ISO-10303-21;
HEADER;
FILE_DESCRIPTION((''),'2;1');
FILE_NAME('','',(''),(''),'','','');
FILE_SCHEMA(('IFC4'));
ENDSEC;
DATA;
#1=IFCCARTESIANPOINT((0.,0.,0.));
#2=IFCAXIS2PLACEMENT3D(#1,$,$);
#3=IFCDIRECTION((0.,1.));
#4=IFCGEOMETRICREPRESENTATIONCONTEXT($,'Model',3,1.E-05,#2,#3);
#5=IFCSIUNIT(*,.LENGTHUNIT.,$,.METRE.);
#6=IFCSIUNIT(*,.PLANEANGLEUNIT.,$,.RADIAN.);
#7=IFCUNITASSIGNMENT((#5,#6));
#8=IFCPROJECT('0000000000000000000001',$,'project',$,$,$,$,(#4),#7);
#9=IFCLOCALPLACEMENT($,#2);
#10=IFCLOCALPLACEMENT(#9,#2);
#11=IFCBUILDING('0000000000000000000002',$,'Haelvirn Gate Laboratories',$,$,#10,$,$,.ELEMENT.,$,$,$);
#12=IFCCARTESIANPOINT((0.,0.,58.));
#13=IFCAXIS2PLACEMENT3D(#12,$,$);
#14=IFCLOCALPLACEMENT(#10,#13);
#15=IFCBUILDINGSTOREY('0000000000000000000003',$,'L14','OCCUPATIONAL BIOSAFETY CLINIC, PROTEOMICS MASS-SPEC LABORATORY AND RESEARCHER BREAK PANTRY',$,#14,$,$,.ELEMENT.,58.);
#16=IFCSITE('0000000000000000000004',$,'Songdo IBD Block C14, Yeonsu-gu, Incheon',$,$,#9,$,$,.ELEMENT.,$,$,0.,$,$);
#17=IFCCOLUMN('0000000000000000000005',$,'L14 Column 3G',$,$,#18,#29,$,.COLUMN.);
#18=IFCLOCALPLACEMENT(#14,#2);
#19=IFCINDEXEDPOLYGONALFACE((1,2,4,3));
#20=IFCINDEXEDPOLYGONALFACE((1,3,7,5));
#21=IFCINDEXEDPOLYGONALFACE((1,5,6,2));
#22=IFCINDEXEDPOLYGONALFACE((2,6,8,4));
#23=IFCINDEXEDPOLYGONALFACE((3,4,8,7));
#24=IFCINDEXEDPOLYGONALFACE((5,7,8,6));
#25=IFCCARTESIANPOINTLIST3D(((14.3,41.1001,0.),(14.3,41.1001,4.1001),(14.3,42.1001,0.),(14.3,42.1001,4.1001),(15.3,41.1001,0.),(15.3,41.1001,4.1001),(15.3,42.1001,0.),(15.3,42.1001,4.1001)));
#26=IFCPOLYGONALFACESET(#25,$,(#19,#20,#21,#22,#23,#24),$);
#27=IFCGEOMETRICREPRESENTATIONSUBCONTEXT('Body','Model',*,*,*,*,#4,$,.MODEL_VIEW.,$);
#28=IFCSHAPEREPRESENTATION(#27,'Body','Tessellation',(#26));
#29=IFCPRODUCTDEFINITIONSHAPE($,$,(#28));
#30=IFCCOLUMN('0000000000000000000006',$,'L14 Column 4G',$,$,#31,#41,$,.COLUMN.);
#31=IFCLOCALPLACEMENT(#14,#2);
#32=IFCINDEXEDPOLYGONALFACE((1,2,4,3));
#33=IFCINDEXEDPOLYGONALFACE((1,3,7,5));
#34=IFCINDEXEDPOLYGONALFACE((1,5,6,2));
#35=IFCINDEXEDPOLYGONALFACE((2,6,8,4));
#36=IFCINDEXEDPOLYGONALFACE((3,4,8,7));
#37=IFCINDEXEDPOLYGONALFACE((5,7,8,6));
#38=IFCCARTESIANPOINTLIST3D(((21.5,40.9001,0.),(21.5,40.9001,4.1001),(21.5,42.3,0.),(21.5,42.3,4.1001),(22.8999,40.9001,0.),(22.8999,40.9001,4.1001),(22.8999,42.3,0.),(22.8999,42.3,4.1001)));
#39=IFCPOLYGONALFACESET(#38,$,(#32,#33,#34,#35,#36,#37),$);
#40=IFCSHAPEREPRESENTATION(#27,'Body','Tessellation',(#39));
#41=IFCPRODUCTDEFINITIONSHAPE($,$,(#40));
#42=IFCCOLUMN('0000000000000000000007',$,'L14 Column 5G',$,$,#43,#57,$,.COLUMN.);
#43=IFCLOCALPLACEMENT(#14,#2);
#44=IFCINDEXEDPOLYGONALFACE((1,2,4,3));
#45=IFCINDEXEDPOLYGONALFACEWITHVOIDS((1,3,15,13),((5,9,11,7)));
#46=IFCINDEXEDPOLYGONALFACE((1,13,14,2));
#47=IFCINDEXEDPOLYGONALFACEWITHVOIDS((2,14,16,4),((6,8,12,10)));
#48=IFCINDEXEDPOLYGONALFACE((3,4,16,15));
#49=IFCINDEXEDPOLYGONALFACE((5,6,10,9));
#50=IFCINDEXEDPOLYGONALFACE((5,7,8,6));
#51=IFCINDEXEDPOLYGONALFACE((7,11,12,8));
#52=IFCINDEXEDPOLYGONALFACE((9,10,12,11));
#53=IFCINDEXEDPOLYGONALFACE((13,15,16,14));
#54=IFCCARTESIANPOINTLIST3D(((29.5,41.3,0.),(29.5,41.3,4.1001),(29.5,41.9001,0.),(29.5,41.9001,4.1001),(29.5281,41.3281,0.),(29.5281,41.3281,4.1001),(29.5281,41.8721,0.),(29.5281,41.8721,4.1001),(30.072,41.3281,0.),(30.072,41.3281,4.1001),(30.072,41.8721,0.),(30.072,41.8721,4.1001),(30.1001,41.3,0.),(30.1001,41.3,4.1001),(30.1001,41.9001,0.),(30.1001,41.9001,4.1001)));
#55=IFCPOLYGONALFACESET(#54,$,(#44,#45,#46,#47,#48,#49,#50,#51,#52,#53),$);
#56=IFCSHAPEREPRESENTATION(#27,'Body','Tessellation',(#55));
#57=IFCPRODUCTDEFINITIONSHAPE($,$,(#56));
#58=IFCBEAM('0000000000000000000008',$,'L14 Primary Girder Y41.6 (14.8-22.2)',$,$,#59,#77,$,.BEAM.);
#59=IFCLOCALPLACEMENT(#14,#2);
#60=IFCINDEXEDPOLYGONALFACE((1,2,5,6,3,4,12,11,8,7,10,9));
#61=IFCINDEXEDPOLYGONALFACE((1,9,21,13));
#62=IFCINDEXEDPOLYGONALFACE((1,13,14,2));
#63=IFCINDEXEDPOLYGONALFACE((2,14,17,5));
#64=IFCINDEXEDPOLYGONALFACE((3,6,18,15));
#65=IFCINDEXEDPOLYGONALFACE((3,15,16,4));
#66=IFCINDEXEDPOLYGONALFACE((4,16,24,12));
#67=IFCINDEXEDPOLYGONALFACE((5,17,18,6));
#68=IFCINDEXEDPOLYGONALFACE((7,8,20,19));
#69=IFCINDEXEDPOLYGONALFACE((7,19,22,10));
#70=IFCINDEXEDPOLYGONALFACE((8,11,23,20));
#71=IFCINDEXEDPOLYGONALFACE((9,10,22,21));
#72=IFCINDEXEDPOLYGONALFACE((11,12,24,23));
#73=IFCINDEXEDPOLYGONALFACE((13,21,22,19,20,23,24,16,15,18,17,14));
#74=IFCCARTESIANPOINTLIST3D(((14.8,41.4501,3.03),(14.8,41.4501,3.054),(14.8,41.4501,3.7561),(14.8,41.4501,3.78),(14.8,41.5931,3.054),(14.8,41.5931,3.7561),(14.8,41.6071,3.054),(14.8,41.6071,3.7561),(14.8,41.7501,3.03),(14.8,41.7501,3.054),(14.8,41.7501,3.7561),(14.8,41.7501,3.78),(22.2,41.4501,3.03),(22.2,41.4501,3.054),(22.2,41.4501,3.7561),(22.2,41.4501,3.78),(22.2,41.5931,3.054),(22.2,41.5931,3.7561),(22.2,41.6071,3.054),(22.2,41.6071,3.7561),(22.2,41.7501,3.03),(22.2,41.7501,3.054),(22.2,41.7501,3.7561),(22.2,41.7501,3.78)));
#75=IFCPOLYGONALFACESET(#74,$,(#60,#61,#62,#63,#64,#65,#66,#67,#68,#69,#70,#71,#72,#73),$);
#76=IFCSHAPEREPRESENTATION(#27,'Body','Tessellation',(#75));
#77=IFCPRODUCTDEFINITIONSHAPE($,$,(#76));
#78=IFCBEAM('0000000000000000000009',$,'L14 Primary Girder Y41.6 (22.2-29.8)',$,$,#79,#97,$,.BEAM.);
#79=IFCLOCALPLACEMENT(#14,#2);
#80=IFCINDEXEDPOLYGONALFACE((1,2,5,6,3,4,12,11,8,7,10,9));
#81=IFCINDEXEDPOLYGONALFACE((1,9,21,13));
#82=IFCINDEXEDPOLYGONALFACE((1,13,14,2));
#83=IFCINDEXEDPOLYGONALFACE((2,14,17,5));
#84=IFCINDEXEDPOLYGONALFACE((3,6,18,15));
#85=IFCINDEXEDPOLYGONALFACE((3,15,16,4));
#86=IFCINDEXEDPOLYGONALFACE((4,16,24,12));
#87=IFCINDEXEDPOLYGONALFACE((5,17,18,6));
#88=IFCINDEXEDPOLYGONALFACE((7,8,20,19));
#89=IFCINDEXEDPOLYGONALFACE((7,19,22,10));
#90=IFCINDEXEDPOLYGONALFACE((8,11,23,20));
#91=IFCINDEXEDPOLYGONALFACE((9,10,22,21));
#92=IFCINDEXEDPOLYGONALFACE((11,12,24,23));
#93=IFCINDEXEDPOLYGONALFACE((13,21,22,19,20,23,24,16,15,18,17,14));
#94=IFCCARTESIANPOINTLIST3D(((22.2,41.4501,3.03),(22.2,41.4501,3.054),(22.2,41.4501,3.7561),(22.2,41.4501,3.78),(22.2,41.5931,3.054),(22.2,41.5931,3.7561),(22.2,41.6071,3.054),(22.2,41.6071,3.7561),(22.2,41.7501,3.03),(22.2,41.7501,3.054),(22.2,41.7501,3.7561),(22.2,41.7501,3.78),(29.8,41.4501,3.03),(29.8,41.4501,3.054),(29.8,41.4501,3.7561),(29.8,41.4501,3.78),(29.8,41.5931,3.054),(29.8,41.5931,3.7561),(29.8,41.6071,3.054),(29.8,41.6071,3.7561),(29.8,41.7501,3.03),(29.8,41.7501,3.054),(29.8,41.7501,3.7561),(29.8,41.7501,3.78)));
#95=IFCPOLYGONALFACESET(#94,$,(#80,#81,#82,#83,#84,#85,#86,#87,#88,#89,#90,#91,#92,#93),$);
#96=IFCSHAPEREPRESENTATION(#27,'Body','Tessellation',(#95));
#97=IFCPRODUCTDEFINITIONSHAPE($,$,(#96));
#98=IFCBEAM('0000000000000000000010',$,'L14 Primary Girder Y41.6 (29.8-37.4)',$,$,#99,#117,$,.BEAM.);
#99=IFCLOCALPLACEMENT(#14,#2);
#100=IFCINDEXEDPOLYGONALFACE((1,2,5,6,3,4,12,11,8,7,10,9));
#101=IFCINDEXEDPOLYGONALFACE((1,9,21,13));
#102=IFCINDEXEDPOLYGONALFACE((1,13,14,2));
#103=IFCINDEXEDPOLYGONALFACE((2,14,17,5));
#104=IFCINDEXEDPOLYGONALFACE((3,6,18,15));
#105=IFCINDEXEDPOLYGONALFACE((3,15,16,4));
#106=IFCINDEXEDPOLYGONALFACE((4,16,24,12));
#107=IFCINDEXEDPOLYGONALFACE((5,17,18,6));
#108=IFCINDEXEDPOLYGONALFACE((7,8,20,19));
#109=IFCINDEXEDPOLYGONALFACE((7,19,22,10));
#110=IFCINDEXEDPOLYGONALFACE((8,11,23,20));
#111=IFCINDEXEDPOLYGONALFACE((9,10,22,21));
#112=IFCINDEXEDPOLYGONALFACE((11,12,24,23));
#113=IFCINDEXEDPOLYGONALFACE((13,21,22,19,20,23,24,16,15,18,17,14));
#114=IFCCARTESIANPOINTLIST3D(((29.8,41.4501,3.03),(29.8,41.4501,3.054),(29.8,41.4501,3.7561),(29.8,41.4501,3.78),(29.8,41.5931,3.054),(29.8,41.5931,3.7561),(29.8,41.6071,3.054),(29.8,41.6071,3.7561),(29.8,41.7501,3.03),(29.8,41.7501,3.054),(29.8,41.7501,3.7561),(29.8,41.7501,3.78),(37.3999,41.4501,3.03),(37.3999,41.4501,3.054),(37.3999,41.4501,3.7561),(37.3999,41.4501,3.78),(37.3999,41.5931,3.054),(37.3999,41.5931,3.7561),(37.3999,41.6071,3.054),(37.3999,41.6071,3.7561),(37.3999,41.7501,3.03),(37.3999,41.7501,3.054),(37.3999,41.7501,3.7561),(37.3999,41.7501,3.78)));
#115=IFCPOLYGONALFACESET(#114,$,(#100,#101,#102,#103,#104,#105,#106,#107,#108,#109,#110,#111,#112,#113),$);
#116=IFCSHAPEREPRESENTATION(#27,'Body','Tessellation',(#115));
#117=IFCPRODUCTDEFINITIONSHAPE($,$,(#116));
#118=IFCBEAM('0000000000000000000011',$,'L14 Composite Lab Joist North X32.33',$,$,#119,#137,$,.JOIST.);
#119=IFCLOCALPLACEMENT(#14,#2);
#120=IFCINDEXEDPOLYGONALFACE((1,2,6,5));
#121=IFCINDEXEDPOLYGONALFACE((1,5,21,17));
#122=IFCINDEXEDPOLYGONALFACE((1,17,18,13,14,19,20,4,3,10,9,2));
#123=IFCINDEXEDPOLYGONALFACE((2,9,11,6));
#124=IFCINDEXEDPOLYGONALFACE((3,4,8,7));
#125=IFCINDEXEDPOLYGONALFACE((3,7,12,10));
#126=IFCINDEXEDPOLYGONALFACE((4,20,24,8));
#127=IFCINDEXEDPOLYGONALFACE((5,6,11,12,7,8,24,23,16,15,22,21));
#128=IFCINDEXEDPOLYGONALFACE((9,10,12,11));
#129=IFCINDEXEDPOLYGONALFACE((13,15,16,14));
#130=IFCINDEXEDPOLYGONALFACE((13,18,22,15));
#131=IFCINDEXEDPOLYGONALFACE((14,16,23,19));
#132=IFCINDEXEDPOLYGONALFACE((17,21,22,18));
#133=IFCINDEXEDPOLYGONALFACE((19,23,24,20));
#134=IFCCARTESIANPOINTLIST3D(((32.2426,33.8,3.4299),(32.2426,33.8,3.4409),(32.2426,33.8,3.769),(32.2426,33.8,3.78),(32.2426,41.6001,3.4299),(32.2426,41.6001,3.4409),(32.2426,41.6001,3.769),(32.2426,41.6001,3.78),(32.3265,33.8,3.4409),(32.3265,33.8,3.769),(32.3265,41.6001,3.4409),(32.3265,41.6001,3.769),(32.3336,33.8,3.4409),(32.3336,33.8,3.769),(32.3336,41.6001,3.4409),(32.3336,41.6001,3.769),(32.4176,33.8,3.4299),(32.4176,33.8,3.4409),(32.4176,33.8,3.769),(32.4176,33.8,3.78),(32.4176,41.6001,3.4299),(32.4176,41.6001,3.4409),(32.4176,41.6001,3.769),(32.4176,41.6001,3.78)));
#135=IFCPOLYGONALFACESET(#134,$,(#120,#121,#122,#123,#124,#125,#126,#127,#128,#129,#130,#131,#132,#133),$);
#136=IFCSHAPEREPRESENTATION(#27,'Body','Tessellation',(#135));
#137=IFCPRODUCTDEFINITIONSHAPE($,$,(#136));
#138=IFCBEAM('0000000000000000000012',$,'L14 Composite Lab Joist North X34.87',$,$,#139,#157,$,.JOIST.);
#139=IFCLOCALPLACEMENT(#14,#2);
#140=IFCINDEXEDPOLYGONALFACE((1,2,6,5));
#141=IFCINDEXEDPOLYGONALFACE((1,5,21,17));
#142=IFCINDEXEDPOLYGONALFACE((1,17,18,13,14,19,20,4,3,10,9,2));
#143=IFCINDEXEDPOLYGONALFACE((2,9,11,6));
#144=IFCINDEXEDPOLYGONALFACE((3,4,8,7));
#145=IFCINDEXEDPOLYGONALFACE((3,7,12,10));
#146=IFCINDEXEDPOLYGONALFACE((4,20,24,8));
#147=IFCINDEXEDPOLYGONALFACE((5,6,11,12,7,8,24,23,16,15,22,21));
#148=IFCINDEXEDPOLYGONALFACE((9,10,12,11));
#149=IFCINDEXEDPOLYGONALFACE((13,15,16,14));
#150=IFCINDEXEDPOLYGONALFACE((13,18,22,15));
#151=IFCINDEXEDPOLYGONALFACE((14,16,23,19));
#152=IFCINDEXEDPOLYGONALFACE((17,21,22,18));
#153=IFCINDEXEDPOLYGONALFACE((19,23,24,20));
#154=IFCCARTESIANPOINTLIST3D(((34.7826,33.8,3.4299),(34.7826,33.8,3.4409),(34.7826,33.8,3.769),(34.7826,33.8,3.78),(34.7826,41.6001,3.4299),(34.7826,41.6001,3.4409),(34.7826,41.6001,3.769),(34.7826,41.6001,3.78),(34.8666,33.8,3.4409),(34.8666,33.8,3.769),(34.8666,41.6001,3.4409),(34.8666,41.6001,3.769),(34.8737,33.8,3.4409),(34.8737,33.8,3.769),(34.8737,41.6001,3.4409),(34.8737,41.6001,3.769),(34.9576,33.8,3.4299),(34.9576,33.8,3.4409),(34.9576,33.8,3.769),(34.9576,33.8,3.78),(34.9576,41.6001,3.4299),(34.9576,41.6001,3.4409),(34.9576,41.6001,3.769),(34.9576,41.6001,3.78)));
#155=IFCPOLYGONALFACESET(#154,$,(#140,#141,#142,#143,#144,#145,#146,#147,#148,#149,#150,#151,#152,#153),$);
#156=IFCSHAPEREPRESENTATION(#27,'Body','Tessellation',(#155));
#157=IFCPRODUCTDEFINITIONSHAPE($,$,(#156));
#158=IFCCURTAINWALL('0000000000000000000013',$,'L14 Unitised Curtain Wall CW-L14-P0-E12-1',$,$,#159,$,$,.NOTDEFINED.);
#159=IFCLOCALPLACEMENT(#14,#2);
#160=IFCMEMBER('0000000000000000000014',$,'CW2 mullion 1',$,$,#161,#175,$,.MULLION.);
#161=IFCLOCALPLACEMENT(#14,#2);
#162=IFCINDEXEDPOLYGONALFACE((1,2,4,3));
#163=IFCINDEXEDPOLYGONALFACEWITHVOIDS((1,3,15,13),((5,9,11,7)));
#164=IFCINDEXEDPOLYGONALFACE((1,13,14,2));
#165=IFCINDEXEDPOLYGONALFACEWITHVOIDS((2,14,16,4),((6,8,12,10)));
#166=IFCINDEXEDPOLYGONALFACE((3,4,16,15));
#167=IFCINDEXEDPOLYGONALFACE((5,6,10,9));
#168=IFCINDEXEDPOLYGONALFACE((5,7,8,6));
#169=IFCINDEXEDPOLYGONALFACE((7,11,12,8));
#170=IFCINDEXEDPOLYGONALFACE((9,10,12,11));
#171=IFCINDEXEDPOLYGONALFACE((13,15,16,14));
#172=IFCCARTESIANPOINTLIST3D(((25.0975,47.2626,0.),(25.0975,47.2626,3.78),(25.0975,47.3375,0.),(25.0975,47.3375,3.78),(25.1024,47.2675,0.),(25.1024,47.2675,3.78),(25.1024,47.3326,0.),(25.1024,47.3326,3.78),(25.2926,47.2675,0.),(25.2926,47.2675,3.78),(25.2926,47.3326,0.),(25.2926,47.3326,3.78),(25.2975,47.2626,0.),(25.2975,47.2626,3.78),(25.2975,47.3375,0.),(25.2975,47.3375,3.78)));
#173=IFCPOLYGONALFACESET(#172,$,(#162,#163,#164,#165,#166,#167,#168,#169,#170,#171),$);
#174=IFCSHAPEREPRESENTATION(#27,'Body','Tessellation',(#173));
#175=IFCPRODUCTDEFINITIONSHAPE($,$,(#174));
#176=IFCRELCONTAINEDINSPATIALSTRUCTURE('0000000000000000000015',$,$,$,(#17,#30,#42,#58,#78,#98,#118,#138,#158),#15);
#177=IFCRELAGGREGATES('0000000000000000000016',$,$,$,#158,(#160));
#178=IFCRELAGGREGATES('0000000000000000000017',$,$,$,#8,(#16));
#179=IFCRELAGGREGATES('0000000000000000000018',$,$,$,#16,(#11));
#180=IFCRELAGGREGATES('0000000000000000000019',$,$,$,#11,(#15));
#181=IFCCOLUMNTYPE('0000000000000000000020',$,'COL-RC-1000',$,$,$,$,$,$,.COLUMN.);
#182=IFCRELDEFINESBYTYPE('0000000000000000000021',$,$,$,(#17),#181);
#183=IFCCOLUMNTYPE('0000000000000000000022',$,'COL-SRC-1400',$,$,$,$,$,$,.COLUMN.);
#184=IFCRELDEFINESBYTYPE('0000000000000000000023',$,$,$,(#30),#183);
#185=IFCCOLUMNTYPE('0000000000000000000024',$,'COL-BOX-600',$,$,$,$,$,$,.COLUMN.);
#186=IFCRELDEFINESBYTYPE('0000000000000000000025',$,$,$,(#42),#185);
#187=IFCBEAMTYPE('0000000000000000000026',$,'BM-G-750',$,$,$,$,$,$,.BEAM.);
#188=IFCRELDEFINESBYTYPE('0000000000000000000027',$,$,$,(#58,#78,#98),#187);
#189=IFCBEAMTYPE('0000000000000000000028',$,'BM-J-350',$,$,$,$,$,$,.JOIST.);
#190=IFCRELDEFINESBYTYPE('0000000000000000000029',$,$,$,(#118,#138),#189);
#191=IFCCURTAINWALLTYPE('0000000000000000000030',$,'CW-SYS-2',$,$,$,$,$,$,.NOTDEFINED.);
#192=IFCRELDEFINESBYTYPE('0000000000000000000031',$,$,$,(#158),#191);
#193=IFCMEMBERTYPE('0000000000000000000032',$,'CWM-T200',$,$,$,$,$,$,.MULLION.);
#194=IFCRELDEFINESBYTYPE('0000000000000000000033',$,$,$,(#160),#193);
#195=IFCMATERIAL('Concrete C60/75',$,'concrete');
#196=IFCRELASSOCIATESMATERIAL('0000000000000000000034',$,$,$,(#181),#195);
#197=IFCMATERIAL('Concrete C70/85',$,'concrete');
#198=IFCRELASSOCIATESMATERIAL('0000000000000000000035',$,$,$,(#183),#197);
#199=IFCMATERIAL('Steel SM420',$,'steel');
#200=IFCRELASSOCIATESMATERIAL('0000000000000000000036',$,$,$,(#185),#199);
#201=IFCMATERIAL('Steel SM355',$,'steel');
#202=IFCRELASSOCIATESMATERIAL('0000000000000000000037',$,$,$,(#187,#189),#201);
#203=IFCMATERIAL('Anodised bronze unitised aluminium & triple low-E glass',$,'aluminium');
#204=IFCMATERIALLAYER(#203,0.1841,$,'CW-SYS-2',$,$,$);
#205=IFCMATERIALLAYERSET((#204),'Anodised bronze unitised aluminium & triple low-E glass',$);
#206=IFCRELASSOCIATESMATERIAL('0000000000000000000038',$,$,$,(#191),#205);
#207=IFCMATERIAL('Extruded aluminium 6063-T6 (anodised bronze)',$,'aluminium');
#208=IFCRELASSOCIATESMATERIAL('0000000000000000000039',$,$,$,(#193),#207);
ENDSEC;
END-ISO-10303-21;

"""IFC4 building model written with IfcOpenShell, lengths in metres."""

from ifc_helpers import new_model, si_unit, direction, frame, origin, origin_2d, place, context, subcontext, project, spatial, rectangle, hollow_rectangle, i_section, extrude, source, transform, mapped, material, layer, layer_set, material_profile, profile_set, type_object, type_shapes, element, aggregate, save


model = new_model("IFC4")

# Units and contexts
model_context = context("Model", 3, precision=1e-05, world=origin(), true_north=direction((0.0, 1.0)))
body_context = subcontext(model_context, "Body", "Model", "MODEL_VIEW")
ifc_project = project(units=[si_unit("LENGTHUNIT", "METRE"), si_unit("PLANEANGLEUNIT", "RADIAN")], contexts=[model_context])

# Site, building, storey
site_placement = place(None, origin())
site = spatial("IfcSite", under=ifc_project, at=site_placement, Name="Songdo IBD Block C14, Yeonsu-gu, Incheon", CompositionType="ELEMENT", RefElevation=0.0)
building_placement = place(site_placement, origin())
building = spatial("IfcBuilding", under=site, at=building_placement, Name="Haelvirn Gate Laboratories", CompositionType="ELEMENT")
storey_placement = place(building_placement, frame((0.0, 0.0, 58.0)))
storey = spatial("IfcBuildingStorey", under=building, at=storey_placement, Name="L14", Description="OCCUPATIONAL BIOSAFETY CLINIC, PROTEOMICS MASS-SPEC LABORATORY AND RESEARCHER BREAK PANTRY", CompositionType="ELEMENT", Elevation=58.0)

# Columns
ifc_material_1 = material(Name="Concrete C60/75", Category="concrete")
ifc_material_profile_1 = material_profile(ifc_material_1, rectangle(XDim=1.0, YDim=1.0, at=origin_2d()), Name="RC-1000x1000")
ifc_profile_set_1 = profile_set([ifc_material_profile_1], Name="Concrete C60/75")
column_type_1 = type_object("IfcColumnType", Name="COL-RC-1000", PredefinedType="COLUMN", material=ifc_profile_set_1)
shared_shape_1 = source(origin(), body_context, "Body", "SweptSolid", [
    extrude(rectangle(XDim=1.0, YDim=1.0, at=origin_2d()), origin(), (0.0, 0.0, 1.0), 4.1001),
])
type_shapes(column_type_1, [shared_shape_1])
column_1_placement = place(storey_placement, frame((14.8, 41.6001, 0.0), z_axis=(0.0, 0.0, 1.0), x_axis=(1.0, 0.0, 0.0)))
element("IfcColumn", 1, at=column_1_placement, inside=storey, type_object=column_type_1, Name="L14 Column 3G", PredefinedType="COLUMN", context=body_context, shape_type="MappedRepresentation", body=[
    mapped(shared_shape_1, transform((0.0, 0.0, 0.0), scale=1.0)),
])
ifc_material_2 = material(Name="Concrete C70/85", Category="concrete")
ifc_material_profile_2 = material_profile(ifc_material_2, rectangle(XDim=1.3999, YDim=1.3999, at=origin_2d()), Name="SRC-1400x1400")
ifc_profile_set_2 = profile_set([ifc_material_profile_2], Name="Concrete C70/85")
column_type_2 = type_object("IfcColumnType", Name="COL-SRC-1400", PredefinedType="COLUMN", material=ifc_profile_set_2)
shared_shape_2 = source(origin(), body_context, "Body", "SweptSolid", [
    extrude(rectangle(XDim=1.3999, YDim=1.3999, at=origin_2d()), origin(), (0.0, 0.0, 1.0), 4.1001),
])
type_shapes(column_type_2, [shared_shape_2])
column_2_placement = place(storey_placement, frame((22.2, 41.6001, 0.0), z_axis=(0.0, 0.0, 1.0), x_axis=(1.0, 0.0, 0.0)))
element("IfcColumn", 2, at=column_2_placement, inside=storey, type_object=column_type_2, Name="L14 Column 4G", PredefinedType="COLUMN", context=body_context, shape_type="MappedRepresentation", body=[
    mapped(shared_shape_2, transform((0.0, 0.0, 0.0), scale=1.0)),
])
ifc_material_3 = material(Name="Steel SM420", Category="steel")
ifc_material_profile_3 = material_profile(ifc_material_3, hollow_rectangle(XDim=0.6001, YDim=0.6001, WallThickness=0.0281, at=origin_2d()), Name="BOX-600x600x28")
ifc_profile_set_3 = profile_set([ifc_material_profile_3], Name="Steel SM420")
column_type_3 = type_object("IfcColumnType", Name="COL-BOX-600", PredefinedType="COLUMN", material=ifc_profile_set_3)
shared_shape_3 = source(origin(), body_context, "Body", "SweptSolid", [
    extrude(hollow_rectangle(XDim=0.6001, YDim=0.6001, WallThickness=0.0281, at=origin_2d()), origin(), (0.0, 0.0, 1.0), 4.1001),
])
type_shapes(column_type_3, [shared_shape_3])
column_3_placement = place(storey_placement, frame((29.8, 41.6001, 0.0), z_axis=(0.0, 0.0, 1.0), x_axis=(1.0, 0.0, 0.0)))
element("IfcColumn", 3, at=column_3_placement, inside=storey, type_object=column_type_3, Name="L14 Column 5G", PredefinedType="COLUMN", context=body_context, shape_type="MappedRepresentation", body=[
    mapped(shared_shape_3, transform((0.0, 0.0, 0.0), scale=1.0)),
])

# Beams
ifc_material_4 = material(Name="Steel SM355", Category="steel")
ifc_material_profile_4 = material_profile(ifc_material_4, i_section(OverallWidth=0.3, OverallDepth=0.75, WebThickness=0.0139, FlangeThickness=0.0239, at=origin_2d()), Name="H-750x300x14x24")
ifc_profile_set_4 = profile_set([ifc_material_profile_4], Name="Steel SM355")
beam_type_1 = type_object("IfcBeamType", Name="BM-G-750", PredefinedType="BEAM", material=ifc_profile_set_4)
shared_shape_4 = source(origin(), body_context, "Body", "SweptSolid", [
    extrude(i_section(OverallWidth=0.3, OverallDepth=0.75, WebThickness=0.0139, FlangeThickness=0.0239, at=origin_2d()), origin(), (0.0, 0.0, 1.0), 7.3999),
])
beam_1_placement = place(storey_placement, frame((14.8, 41.6001, 3.405), z_axis=(1.0, 0.0, 0.0), x_axis=(0.0, 1.0, 0.0)))
element("IfcBeam", 4, at=beam_1_placement, inside=storey, type_object=beam_type_1, Name="L14 Primary Girder Y41.6 (14.8-22.2)", PredefinedType="BEAM", context=body_context, shape_type="MappedRepresentation", body=[
    mapped(shared_shape_4, transform((0.0, 0.0, 0.0), scale=1.0)),
])
shared_shape_5 = source(origin(), body_context, "Body", "SweptSolid", [
    extrude(i_section(OverallWidth=0.3, OverallDepth=0.75, WebThickness=0.0139, FlangeThickness=0.0239, at=origin_2d()), origin(), (0.0, 0.0, 1.0), 7.6001),
])
beam_2_placement = place(storey_placement, frame((22.2, 41.6001, 3.405), z_axis=(1.0, 0.0, 0.0), x_axis=(0.0, 1.0, 0.0)))
element("IfcBeam", 5, at=beam_2_placement, inside=storey, type_object=beam_type_1, Name="L14 Primary Girder Y41.6 (22.2-29.8)", PredefinedType="BEAM", context=body_context, shape_type="MappedRepresentation", body=[
    mapped(shared_shape_5, transform((0.0, 0.0, 0.0), scale=1.0)),
])
shared_shape_6 = source(origin(), body_context, "Body", "SweptSolid", [
    extrude(i_section(OverallWidth=0.3, OverallDepth=0.75, WebThickness=0.0139, FlangeThickness=0.0239, at=origin_2d()), origin(), (0.0, 0.0, 1.0), 7.5999),
])
type_shapes(beam_type_1, [shared_shape_4, shared_shape_5, shared_shape_6])
beam_3_placement = place(storey_placement, frame((29.8, 41.6001, 3.405), z_axis=(1.0, 0.0, 0.0), x_axis=(0.0, 1.0, 0.0)))
element("IfcBeam", 6, at=beam_3_placement, inside=storey, type_object=beam_type_1, Name="L14 Primary Girder Y41.6 (29.8-37.4)", PredefinedType="BEAM", context=body_context, shape_type="MappedRepresentation", body=[
    mapped(shared_shape_6, transform((0.0, 0.0, 0.0), scale=1.0)),
])
ifc_material_profile_5 = material_profile(ifc_material_4, i_section(OverallWidth=0.175, OverallDepth=0.3501, WebThickness=0.0071, FlangeThickness=0.011, at=origin_2d()), Name="H-350x175x7x11")
ifc_profile_set_5 = profile_set([ifc_material_profile_5], Name="Steel SM355")
beam_type_2 = type_object("IfcBeamType", Name="BM-J-350", PredefinedType="JOIST", material=ifc_profile_set_5)
shared_shape_7 = source(origin(), body_context, "Body", "SweptSolid", [
    extrude(i_section(OverallWidth=0.175, OverallDepth=0.3501, WebThickness=0.0071, FlangeThickness=0.011, at=origin_2d()), origin(), (0.0, 0.0, 1.0), 7.8),
])
type_shapes(beam_type_2, [shared_shape_7])
for number, where, z_axis, x_axis, name in (
    (7, (32.3301, 33.8, 3.605), (0.0, 1.0, 0.0), (-1.0, 0.0, 0.0), "L14 Composite Lab Joist North X32.33"),
    (8, (34.8701, 33.8, 3.605), (0.0, 1.0, 0.0), (-1.0, 0.0, 0.0), "L14 Composite Lab Joist North X34.87"),
):
    element("IfcBeam", number, at=place(storey_placement, frame(where, z_axis=z_axis, x_axis=x_axis)), inside=storey, type_object=beam_type_2, Name=name, PredefinedType="JOIST", context=body_context, shape_type="MappedRepresentation", body=[
        mapped(shared_shape_7, transform((0.0, 0.0, 0.0), scale=1.0)),
    ])

# Curtain wall, member
ifc_material_5 = material(Name="Anodised bronze unitised aluminium & triple low-E glass", Category="aluminium")
ifc_layer_1 = layer(ifc_material_5, 0.1841, Name="CW-SYS-2")
ifc_layer_set_1 = layer_set([ifc_layer_1], Name="Anodised bronze unitised aluminium & triple low-E glass")
curtain_wall_type = type_object("IfcCurtainWallType", Name="CW-SYS-2", PredefinedType="NOTDEFINED", material=ifc_layer_set_1)
curtain_wall_1_placement = place(storey_placement, origin())
curtain_wall_1 = element("IfcCurtainWall", 9, at=curtain_wall_1_placement, inside=storey, type_object=curtain_wall_type, Name="L14 Unitised Curtain Wall CW-L14-P0-E12-1", PredefinedType="NOTDEFINED")
ifc_material_6 = material(Name="Extruded aluminium 6063-T6 (anodised bronze)", Category="aluminium")
ifc_material_profile_6 = material_profile(ifc_material_6, hollow_rectangle(XDim=0.075, YDim=0.2, WallThickness=0.0049, at=origin_2d()), Name="CWM-200x75x5")
ifc_profile_set_6 = profile_set([ifc_material_profile_6], Name="Extruded aluminium 6063-T6 (anodised bronze)")
member_type_1 = type_object("IfcMemberType", Name="CWM-T200", PredefinedType="MULLION", material=ifc_profile_set_6)
shared_shape_8 = source(origin(), body_context, "Body", "SweptSolid", [
    extrude(hollow_rectangle(XDim=0.075, YDim=0.2, WallThickness=0.0049, at=origin_2d()), origin(), (0.0, 0.0, 1.0), 3.78),
])
type_shapes(member_type_1, [shared_shape_8])
member_1_placement = place(storey_placement, frame((25.1975, 47.3, 0.0), z_axis=(0.0, 0.0, 1.0), x_axis=(0.0, 1.0, 0.0)))
member_1 = element("IfcMember", 10, at=member_1_placement, type_object=member_type_1, Name="CW2 mullion 1", PredefinedType="MULLION", context=body_context, shape_type="MappedRepresentation", body=[
    mapped(shared_shape_8, transform((0.0, 0.0, 0.0), scale=1.0)),
])

aggregate(curtain_wall_1, [member_1])

save(model, "model.ifc")
